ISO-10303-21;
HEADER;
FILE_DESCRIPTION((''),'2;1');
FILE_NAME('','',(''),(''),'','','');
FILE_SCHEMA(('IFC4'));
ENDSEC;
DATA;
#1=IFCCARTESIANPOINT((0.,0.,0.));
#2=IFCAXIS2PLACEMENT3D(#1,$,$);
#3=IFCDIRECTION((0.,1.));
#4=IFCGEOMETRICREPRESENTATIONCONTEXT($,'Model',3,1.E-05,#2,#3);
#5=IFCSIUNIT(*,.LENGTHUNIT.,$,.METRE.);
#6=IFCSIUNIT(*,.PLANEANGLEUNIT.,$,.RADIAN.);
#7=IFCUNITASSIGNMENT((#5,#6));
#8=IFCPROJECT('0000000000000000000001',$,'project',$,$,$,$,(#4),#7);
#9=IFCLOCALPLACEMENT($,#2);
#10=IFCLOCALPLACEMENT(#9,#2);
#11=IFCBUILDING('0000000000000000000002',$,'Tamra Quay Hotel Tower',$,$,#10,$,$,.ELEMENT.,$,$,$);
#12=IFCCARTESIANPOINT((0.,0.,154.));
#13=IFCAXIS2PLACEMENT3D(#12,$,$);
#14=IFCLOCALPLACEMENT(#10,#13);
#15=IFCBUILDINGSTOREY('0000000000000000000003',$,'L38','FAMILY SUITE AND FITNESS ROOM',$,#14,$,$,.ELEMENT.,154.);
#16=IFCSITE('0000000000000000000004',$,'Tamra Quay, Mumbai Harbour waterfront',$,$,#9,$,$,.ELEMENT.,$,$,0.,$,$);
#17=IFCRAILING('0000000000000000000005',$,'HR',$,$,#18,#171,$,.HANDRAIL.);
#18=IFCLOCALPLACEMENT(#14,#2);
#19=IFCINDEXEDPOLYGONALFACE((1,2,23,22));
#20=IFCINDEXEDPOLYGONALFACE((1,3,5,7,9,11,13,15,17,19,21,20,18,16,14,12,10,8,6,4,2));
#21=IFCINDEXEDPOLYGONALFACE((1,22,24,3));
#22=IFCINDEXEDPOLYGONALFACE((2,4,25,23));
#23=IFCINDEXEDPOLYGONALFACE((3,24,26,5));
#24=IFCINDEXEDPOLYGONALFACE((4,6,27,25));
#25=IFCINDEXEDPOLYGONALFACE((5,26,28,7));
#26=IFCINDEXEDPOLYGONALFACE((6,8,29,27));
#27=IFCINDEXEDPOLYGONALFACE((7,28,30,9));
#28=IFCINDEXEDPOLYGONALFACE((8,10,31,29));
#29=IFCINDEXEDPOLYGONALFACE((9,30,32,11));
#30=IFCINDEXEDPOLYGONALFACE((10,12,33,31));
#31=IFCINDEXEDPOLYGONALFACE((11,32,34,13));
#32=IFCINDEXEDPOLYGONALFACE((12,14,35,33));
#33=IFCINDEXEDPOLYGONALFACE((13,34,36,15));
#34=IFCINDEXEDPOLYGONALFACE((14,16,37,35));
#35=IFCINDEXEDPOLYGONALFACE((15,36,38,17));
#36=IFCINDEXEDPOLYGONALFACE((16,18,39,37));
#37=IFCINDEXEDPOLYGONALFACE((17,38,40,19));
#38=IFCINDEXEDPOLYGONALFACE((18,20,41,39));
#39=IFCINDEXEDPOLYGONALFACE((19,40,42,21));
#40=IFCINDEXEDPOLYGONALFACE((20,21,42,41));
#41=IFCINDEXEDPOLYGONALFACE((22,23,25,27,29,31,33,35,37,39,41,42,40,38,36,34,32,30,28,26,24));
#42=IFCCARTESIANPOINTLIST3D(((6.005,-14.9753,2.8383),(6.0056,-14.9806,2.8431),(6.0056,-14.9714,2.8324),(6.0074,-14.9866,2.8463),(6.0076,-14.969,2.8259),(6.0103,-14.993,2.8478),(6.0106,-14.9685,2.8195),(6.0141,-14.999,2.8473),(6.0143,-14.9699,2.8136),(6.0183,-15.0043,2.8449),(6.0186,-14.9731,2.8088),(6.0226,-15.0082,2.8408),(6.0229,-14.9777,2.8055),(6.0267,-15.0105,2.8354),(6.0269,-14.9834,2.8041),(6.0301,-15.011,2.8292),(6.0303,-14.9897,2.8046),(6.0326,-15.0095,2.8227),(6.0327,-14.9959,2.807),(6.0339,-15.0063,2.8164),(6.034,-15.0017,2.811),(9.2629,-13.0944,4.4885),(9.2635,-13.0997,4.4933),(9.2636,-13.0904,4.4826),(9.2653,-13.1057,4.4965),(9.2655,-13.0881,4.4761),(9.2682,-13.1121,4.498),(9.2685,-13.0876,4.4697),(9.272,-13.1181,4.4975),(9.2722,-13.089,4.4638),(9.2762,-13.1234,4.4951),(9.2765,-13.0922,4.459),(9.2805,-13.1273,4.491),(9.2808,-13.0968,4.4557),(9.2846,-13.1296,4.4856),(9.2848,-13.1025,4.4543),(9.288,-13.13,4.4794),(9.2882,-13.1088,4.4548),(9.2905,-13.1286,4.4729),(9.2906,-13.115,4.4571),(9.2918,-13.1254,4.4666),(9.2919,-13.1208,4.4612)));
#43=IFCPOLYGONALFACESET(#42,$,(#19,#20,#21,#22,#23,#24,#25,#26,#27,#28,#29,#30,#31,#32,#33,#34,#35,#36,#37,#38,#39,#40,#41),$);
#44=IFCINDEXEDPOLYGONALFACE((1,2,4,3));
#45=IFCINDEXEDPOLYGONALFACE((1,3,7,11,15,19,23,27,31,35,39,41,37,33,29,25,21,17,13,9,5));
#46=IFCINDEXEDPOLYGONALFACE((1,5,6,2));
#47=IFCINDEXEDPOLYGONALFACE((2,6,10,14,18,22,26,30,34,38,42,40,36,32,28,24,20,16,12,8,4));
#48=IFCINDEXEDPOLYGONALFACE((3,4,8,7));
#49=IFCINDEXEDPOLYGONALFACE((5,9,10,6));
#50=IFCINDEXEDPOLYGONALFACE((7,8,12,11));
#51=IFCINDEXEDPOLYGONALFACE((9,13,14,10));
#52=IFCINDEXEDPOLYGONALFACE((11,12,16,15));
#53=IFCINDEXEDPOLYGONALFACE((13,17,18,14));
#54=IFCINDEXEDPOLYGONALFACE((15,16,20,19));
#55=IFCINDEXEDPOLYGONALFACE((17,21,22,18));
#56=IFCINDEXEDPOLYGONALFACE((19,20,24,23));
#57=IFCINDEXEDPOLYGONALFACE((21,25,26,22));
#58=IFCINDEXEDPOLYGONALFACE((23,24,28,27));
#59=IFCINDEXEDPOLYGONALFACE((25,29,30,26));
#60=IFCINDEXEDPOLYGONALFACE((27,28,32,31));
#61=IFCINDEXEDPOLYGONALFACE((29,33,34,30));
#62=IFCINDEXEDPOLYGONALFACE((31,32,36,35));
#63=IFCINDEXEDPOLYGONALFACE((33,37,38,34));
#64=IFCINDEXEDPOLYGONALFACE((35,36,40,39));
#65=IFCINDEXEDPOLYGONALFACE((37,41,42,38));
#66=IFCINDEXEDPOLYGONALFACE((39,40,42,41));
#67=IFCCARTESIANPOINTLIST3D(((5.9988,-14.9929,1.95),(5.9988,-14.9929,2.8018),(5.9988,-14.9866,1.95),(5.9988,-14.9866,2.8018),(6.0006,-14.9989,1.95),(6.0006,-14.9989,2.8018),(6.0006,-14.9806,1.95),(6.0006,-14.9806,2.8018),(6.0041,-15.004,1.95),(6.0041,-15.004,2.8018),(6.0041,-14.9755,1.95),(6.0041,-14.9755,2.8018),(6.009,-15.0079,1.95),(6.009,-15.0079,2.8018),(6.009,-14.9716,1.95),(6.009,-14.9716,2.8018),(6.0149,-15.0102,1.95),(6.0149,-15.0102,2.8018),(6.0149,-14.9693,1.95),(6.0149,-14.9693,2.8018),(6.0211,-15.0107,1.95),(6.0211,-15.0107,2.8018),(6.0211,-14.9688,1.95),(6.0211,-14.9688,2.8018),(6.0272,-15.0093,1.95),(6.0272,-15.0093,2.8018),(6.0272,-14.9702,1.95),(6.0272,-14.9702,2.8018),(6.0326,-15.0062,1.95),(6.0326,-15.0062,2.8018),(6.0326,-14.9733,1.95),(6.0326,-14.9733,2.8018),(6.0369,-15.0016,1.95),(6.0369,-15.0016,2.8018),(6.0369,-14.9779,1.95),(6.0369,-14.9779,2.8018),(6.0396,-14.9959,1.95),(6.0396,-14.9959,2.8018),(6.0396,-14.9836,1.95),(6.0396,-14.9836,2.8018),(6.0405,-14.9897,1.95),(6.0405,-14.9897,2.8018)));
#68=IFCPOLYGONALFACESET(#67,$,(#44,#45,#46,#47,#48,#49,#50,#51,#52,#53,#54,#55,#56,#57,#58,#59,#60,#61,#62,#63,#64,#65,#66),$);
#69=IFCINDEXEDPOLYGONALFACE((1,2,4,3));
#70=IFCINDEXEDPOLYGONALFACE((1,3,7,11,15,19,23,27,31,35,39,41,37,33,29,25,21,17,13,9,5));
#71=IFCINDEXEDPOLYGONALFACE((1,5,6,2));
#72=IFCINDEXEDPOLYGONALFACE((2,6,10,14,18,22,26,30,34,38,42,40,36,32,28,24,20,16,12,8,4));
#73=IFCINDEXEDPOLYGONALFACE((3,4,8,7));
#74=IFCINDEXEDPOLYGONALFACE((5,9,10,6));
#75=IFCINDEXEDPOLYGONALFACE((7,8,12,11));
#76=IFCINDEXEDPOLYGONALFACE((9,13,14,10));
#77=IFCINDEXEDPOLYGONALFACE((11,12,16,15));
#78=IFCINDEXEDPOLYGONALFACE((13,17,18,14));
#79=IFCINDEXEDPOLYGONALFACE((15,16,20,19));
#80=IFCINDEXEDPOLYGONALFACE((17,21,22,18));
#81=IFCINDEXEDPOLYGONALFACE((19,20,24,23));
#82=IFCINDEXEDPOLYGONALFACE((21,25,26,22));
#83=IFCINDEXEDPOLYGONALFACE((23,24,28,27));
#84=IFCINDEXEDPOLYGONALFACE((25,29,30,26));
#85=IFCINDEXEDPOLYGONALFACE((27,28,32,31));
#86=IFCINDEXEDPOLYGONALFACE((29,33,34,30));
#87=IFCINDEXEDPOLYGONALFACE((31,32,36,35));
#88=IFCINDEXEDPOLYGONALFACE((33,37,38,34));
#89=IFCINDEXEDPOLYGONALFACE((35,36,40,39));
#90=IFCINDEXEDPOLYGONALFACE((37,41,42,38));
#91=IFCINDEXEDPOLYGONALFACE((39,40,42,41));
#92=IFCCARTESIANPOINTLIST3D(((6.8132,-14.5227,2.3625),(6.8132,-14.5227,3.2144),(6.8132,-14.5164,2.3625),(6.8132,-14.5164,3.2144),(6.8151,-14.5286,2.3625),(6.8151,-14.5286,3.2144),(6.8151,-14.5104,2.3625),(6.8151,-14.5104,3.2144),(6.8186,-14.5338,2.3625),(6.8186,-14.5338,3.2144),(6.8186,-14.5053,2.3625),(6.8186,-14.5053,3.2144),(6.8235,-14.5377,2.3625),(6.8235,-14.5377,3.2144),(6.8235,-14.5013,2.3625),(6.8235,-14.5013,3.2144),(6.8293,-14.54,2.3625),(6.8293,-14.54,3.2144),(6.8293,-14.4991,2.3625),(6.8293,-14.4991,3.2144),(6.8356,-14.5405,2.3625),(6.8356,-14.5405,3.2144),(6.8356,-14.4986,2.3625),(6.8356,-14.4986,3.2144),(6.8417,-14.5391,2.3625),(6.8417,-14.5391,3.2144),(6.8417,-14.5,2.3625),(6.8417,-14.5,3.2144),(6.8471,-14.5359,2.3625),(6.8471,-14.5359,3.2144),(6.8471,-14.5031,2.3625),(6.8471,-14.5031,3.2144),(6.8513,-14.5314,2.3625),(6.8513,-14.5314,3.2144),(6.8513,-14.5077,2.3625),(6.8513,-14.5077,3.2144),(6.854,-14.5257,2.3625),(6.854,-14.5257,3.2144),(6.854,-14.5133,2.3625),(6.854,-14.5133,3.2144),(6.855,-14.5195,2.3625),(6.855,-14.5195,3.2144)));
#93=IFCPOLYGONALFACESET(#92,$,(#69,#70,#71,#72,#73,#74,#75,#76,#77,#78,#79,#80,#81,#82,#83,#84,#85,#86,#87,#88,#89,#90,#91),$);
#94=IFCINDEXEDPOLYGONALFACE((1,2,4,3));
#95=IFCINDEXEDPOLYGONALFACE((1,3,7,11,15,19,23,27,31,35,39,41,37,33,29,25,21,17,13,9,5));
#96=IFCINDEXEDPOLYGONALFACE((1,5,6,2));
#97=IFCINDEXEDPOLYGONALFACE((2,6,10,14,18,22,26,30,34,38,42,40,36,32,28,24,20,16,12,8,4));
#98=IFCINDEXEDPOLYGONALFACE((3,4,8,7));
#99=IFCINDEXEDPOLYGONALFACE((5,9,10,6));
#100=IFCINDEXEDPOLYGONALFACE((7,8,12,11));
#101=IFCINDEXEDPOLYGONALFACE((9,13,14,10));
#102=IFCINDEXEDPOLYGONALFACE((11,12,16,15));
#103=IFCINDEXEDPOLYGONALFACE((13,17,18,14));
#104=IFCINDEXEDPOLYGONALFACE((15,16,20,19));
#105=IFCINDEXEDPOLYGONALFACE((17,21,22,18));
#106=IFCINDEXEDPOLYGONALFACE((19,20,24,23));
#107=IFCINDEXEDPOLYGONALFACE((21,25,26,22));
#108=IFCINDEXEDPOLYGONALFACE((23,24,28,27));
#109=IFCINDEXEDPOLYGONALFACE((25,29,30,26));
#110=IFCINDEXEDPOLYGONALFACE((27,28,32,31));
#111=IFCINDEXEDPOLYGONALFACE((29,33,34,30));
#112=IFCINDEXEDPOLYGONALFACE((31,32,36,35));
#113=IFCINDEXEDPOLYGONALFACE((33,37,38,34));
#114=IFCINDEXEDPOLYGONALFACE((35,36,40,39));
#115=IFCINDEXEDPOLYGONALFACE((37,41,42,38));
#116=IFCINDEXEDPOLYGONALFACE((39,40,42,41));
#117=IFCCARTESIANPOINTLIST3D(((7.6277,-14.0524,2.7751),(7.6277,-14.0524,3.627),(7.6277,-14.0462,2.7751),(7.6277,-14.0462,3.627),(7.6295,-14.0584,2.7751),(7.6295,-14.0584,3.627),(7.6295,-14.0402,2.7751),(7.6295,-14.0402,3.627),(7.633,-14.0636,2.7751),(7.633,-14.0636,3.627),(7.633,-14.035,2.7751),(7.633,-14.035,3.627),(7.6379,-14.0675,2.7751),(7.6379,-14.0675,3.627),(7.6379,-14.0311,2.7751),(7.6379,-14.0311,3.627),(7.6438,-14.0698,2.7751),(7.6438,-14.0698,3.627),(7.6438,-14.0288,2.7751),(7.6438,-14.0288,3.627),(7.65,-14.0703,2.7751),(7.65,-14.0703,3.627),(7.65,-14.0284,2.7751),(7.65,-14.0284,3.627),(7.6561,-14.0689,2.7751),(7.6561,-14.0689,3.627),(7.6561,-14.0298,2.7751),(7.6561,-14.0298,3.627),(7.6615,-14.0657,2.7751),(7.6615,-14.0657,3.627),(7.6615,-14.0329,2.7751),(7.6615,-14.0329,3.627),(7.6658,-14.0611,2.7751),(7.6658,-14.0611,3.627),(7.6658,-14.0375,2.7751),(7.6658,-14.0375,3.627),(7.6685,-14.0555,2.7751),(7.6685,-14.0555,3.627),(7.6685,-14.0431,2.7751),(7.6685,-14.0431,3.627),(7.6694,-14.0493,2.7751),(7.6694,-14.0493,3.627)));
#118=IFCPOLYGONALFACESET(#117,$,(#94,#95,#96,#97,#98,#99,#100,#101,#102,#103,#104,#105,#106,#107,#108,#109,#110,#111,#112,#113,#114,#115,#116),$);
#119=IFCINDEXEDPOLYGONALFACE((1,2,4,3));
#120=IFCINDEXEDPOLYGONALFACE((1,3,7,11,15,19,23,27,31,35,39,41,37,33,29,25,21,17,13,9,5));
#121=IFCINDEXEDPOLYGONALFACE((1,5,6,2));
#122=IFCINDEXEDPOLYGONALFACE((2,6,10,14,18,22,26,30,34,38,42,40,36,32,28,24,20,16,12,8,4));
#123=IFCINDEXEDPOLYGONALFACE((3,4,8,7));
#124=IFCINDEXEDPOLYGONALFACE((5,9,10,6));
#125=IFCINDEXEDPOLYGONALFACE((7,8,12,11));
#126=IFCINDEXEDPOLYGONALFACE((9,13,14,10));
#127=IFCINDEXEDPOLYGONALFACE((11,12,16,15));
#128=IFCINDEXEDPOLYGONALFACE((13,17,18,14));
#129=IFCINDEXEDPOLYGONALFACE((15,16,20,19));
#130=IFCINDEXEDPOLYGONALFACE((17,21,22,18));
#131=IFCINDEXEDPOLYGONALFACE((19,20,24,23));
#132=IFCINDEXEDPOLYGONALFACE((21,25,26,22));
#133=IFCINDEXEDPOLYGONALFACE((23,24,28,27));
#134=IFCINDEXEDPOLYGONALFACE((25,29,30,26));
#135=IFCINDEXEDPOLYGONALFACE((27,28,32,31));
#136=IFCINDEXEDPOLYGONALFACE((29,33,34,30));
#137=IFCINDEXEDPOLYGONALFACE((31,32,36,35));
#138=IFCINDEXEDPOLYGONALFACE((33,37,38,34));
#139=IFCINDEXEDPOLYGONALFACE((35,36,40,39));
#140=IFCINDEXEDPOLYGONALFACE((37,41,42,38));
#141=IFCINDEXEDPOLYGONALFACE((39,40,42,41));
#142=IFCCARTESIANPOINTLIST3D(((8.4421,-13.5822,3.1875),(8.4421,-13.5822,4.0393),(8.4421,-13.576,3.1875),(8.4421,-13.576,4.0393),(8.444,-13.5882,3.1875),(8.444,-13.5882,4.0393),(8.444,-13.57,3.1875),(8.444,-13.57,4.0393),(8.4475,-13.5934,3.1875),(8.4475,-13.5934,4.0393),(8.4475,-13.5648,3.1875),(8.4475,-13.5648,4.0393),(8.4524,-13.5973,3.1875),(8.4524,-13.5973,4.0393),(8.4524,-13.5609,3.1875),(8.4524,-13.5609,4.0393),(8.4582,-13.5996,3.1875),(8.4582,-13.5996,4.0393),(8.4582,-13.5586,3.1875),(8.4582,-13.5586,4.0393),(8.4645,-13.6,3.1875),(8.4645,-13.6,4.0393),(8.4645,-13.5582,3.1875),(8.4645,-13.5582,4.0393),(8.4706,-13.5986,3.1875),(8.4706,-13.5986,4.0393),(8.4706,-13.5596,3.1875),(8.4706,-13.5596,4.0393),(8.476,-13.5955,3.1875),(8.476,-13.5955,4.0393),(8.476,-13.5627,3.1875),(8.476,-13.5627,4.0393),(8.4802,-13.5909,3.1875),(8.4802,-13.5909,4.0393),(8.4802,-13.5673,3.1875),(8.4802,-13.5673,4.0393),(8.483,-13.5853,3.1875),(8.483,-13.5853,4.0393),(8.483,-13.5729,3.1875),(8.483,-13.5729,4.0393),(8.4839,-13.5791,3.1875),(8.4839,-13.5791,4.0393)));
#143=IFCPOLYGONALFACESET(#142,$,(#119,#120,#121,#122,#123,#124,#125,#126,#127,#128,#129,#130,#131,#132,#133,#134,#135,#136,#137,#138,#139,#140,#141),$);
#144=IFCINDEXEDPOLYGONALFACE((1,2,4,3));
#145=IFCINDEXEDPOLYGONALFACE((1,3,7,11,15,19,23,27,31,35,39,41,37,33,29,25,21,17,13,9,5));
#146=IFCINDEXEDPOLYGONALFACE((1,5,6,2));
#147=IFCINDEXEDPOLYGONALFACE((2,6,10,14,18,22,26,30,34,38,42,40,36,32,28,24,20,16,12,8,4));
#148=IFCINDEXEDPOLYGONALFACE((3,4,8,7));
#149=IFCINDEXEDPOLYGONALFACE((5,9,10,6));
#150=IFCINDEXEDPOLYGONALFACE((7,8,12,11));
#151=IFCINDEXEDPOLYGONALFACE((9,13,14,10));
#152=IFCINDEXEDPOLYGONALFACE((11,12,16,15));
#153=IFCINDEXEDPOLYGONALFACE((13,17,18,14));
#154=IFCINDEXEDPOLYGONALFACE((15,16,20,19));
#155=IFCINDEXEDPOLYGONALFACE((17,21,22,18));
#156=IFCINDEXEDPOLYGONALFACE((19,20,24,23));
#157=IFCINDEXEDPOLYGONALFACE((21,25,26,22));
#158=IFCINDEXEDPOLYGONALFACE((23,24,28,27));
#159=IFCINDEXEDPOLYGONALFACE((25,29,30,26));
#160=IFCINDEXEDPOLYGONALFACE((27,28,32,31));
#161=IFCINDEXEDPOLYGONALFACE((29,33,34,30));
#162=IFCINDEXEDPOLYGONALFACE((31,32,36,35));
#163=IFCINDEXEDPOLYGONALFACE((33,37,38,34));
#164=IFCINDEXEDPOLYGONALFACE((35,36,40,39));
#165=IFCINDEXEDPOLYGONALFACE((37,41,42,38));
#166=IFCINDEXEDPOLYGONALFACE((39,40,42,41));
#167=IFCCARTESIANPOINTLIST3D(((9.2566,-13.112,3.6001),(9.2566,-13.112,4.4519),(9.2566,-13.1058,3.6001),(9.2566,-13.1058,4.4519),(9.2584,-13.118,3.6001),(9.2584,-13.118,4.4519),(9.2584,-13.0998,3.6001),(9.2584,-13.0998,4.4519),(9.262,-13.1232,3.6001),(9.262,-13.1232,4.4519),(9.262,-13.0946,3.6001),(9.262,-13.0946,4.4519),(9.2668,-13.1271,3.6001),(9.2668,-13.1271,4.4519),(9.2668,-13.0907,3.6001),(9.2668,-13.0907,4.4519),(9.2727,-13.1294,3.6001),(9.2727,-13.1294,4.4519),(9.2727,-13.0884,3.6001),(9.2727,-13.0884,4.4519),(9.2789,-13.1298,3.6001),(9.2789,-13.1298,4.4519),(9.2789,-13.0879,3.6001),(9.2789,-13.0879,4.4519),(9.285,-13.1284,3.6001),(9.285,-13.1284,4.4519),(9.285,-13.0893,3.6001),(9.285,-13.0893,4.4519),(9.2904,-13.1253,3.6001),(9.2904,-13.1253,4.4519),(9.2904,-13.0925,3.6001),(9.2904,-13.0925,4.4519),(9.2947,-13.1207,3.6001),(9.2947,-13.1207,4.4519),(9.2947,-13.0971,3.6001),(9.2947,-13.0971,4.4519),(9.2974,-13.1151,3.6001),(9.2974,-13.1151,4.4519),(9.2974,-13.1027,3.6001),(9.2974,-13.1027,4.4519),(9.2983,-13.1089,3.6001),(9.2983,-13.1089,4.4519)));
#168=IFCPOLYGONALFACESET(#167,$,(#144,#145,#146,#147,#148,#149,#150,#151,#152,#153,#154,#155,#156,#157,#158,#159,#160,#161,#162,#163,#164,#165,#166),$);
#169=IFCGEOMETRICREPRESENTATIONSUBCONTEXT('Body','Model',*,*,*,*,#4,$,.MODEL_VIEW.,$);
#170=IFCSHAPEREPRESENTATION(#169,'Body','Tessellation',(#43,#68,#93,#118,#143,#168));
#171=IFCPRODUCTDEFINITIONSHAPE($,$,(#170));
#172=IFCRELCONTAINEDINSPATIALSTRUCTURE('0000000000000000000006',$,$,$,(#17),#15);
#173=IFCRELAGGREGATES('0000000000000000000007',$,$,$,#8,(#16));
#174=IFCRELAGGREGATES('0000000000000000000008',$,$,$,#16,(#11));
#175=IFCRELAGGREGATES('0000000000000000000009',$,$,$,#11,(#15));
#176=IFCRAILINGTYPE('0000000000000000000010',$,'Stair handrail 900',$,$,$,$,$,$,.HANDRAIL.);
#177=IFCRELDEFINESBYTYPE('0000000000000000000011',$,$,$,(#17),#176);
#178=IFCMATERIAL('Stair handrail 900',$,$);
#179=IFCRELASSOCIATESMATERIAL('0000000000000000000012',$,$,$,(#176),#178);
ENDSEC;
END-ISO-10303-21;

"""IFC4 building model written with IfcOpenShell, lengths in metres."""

from ifc_helpers import new_model, si_unit, direction, frame, origin, origin_2d, place, context, subcontext, project, spatial, circle, extrude, material, type_object, element, save


model = new_model("IFC4")

# Units and contexts
model_context = context("Model", 3, precision=1e-05, world=origin(), true_north=direction((0.0, 1.0)))
body_context = subcontext(model_context, "Body", "Model", "MODEL_VIEW")
ifc_project = project(units=[si_unit("LENGTHUNIT", "METRE"), si_unit("PLANEANGLEUNIT", "RADIAN")], contexts=[model_context])

# Site, building, storey
site_placement = place(None, origin())
site = spatial("IfcSite", under=ifc_project, at=site_placement, Name="Tamra Quay, Mumbai Harbour waterfront", CompositionType="ELEMENT", RefElevation=0.0)
building_placement = place(site_placement, origin())
building = spatial("IfcBuilding", under=site, at=building_placement, Name="Tamra Quay Hotel Tower", CompositionType="ELEMENT")
storey_placement = place(building_placement, frame((0.0, 0.0, 154.0)))
storey = spatial("IfcBuildingStorey", under=building, at=storey_placement, Name="L38", Description="FAMILY SUITE AND FITNESS ROOM", CompositionType="ELEMENT", Elevation=154.0)

# Railing
ifc_material_1 = material(Name="Stair handrail 900")
railing_type_1 = type_object("IfcRailingType", Name="Stair handrail 900", PredefinedType="HANDRAIL", material=ifc_material_1)
railing_1_placement = place(storey_placement, frame((6.0195, -14.9897, 1.95)))
element("IfcRailing", 1, at=railing_1_placement, inside=storey, type_object=railing_type_1, Name="HR", PredefinedType="HANDRAIL", context=body_context, shape_type="SweptSolid", body=[
    extrude(circle(Radius=0.0239, at=origin_2d()), frame((0.0, 0.0, 0.876), z_axis=(0.793081, 0.457876, 0.401711), x_axis=(-0.499992, 0.86603, 0.0)), (0.0, 0.0, 1.0), 4.1079),
    extrude(circle(Radius=0.021, at=origin_2d()), origin(), (0.0, 0.0, 1.0), 0.8518),
    extrude(circle(Radius=0.021, at=origin_2d()), frame((0.8145, 0.4702, 0.4126)), (0.0, 0.0, 1.0), 0.8518),
    extrude(circle(Radius=0.021, at=origin_2d()), frame((1.6289, 0.9404, 0.8252)), (0.0, 0.0, 1.0), 0.8518),
    extrude(circle(Radius=0.021, at=origin_2d()), frame((2.4434, 1.4106, 1.2375)), (0.0, 0.0, 1.0), 0.8518),
    extrude(circle(Radius=0.021, at=origin_2d()), frame((3.2578, 1.8809, 1.6501)), (0.0, 0.0, 1.0), 0.8518),
])

save(model, "model.ifc")
